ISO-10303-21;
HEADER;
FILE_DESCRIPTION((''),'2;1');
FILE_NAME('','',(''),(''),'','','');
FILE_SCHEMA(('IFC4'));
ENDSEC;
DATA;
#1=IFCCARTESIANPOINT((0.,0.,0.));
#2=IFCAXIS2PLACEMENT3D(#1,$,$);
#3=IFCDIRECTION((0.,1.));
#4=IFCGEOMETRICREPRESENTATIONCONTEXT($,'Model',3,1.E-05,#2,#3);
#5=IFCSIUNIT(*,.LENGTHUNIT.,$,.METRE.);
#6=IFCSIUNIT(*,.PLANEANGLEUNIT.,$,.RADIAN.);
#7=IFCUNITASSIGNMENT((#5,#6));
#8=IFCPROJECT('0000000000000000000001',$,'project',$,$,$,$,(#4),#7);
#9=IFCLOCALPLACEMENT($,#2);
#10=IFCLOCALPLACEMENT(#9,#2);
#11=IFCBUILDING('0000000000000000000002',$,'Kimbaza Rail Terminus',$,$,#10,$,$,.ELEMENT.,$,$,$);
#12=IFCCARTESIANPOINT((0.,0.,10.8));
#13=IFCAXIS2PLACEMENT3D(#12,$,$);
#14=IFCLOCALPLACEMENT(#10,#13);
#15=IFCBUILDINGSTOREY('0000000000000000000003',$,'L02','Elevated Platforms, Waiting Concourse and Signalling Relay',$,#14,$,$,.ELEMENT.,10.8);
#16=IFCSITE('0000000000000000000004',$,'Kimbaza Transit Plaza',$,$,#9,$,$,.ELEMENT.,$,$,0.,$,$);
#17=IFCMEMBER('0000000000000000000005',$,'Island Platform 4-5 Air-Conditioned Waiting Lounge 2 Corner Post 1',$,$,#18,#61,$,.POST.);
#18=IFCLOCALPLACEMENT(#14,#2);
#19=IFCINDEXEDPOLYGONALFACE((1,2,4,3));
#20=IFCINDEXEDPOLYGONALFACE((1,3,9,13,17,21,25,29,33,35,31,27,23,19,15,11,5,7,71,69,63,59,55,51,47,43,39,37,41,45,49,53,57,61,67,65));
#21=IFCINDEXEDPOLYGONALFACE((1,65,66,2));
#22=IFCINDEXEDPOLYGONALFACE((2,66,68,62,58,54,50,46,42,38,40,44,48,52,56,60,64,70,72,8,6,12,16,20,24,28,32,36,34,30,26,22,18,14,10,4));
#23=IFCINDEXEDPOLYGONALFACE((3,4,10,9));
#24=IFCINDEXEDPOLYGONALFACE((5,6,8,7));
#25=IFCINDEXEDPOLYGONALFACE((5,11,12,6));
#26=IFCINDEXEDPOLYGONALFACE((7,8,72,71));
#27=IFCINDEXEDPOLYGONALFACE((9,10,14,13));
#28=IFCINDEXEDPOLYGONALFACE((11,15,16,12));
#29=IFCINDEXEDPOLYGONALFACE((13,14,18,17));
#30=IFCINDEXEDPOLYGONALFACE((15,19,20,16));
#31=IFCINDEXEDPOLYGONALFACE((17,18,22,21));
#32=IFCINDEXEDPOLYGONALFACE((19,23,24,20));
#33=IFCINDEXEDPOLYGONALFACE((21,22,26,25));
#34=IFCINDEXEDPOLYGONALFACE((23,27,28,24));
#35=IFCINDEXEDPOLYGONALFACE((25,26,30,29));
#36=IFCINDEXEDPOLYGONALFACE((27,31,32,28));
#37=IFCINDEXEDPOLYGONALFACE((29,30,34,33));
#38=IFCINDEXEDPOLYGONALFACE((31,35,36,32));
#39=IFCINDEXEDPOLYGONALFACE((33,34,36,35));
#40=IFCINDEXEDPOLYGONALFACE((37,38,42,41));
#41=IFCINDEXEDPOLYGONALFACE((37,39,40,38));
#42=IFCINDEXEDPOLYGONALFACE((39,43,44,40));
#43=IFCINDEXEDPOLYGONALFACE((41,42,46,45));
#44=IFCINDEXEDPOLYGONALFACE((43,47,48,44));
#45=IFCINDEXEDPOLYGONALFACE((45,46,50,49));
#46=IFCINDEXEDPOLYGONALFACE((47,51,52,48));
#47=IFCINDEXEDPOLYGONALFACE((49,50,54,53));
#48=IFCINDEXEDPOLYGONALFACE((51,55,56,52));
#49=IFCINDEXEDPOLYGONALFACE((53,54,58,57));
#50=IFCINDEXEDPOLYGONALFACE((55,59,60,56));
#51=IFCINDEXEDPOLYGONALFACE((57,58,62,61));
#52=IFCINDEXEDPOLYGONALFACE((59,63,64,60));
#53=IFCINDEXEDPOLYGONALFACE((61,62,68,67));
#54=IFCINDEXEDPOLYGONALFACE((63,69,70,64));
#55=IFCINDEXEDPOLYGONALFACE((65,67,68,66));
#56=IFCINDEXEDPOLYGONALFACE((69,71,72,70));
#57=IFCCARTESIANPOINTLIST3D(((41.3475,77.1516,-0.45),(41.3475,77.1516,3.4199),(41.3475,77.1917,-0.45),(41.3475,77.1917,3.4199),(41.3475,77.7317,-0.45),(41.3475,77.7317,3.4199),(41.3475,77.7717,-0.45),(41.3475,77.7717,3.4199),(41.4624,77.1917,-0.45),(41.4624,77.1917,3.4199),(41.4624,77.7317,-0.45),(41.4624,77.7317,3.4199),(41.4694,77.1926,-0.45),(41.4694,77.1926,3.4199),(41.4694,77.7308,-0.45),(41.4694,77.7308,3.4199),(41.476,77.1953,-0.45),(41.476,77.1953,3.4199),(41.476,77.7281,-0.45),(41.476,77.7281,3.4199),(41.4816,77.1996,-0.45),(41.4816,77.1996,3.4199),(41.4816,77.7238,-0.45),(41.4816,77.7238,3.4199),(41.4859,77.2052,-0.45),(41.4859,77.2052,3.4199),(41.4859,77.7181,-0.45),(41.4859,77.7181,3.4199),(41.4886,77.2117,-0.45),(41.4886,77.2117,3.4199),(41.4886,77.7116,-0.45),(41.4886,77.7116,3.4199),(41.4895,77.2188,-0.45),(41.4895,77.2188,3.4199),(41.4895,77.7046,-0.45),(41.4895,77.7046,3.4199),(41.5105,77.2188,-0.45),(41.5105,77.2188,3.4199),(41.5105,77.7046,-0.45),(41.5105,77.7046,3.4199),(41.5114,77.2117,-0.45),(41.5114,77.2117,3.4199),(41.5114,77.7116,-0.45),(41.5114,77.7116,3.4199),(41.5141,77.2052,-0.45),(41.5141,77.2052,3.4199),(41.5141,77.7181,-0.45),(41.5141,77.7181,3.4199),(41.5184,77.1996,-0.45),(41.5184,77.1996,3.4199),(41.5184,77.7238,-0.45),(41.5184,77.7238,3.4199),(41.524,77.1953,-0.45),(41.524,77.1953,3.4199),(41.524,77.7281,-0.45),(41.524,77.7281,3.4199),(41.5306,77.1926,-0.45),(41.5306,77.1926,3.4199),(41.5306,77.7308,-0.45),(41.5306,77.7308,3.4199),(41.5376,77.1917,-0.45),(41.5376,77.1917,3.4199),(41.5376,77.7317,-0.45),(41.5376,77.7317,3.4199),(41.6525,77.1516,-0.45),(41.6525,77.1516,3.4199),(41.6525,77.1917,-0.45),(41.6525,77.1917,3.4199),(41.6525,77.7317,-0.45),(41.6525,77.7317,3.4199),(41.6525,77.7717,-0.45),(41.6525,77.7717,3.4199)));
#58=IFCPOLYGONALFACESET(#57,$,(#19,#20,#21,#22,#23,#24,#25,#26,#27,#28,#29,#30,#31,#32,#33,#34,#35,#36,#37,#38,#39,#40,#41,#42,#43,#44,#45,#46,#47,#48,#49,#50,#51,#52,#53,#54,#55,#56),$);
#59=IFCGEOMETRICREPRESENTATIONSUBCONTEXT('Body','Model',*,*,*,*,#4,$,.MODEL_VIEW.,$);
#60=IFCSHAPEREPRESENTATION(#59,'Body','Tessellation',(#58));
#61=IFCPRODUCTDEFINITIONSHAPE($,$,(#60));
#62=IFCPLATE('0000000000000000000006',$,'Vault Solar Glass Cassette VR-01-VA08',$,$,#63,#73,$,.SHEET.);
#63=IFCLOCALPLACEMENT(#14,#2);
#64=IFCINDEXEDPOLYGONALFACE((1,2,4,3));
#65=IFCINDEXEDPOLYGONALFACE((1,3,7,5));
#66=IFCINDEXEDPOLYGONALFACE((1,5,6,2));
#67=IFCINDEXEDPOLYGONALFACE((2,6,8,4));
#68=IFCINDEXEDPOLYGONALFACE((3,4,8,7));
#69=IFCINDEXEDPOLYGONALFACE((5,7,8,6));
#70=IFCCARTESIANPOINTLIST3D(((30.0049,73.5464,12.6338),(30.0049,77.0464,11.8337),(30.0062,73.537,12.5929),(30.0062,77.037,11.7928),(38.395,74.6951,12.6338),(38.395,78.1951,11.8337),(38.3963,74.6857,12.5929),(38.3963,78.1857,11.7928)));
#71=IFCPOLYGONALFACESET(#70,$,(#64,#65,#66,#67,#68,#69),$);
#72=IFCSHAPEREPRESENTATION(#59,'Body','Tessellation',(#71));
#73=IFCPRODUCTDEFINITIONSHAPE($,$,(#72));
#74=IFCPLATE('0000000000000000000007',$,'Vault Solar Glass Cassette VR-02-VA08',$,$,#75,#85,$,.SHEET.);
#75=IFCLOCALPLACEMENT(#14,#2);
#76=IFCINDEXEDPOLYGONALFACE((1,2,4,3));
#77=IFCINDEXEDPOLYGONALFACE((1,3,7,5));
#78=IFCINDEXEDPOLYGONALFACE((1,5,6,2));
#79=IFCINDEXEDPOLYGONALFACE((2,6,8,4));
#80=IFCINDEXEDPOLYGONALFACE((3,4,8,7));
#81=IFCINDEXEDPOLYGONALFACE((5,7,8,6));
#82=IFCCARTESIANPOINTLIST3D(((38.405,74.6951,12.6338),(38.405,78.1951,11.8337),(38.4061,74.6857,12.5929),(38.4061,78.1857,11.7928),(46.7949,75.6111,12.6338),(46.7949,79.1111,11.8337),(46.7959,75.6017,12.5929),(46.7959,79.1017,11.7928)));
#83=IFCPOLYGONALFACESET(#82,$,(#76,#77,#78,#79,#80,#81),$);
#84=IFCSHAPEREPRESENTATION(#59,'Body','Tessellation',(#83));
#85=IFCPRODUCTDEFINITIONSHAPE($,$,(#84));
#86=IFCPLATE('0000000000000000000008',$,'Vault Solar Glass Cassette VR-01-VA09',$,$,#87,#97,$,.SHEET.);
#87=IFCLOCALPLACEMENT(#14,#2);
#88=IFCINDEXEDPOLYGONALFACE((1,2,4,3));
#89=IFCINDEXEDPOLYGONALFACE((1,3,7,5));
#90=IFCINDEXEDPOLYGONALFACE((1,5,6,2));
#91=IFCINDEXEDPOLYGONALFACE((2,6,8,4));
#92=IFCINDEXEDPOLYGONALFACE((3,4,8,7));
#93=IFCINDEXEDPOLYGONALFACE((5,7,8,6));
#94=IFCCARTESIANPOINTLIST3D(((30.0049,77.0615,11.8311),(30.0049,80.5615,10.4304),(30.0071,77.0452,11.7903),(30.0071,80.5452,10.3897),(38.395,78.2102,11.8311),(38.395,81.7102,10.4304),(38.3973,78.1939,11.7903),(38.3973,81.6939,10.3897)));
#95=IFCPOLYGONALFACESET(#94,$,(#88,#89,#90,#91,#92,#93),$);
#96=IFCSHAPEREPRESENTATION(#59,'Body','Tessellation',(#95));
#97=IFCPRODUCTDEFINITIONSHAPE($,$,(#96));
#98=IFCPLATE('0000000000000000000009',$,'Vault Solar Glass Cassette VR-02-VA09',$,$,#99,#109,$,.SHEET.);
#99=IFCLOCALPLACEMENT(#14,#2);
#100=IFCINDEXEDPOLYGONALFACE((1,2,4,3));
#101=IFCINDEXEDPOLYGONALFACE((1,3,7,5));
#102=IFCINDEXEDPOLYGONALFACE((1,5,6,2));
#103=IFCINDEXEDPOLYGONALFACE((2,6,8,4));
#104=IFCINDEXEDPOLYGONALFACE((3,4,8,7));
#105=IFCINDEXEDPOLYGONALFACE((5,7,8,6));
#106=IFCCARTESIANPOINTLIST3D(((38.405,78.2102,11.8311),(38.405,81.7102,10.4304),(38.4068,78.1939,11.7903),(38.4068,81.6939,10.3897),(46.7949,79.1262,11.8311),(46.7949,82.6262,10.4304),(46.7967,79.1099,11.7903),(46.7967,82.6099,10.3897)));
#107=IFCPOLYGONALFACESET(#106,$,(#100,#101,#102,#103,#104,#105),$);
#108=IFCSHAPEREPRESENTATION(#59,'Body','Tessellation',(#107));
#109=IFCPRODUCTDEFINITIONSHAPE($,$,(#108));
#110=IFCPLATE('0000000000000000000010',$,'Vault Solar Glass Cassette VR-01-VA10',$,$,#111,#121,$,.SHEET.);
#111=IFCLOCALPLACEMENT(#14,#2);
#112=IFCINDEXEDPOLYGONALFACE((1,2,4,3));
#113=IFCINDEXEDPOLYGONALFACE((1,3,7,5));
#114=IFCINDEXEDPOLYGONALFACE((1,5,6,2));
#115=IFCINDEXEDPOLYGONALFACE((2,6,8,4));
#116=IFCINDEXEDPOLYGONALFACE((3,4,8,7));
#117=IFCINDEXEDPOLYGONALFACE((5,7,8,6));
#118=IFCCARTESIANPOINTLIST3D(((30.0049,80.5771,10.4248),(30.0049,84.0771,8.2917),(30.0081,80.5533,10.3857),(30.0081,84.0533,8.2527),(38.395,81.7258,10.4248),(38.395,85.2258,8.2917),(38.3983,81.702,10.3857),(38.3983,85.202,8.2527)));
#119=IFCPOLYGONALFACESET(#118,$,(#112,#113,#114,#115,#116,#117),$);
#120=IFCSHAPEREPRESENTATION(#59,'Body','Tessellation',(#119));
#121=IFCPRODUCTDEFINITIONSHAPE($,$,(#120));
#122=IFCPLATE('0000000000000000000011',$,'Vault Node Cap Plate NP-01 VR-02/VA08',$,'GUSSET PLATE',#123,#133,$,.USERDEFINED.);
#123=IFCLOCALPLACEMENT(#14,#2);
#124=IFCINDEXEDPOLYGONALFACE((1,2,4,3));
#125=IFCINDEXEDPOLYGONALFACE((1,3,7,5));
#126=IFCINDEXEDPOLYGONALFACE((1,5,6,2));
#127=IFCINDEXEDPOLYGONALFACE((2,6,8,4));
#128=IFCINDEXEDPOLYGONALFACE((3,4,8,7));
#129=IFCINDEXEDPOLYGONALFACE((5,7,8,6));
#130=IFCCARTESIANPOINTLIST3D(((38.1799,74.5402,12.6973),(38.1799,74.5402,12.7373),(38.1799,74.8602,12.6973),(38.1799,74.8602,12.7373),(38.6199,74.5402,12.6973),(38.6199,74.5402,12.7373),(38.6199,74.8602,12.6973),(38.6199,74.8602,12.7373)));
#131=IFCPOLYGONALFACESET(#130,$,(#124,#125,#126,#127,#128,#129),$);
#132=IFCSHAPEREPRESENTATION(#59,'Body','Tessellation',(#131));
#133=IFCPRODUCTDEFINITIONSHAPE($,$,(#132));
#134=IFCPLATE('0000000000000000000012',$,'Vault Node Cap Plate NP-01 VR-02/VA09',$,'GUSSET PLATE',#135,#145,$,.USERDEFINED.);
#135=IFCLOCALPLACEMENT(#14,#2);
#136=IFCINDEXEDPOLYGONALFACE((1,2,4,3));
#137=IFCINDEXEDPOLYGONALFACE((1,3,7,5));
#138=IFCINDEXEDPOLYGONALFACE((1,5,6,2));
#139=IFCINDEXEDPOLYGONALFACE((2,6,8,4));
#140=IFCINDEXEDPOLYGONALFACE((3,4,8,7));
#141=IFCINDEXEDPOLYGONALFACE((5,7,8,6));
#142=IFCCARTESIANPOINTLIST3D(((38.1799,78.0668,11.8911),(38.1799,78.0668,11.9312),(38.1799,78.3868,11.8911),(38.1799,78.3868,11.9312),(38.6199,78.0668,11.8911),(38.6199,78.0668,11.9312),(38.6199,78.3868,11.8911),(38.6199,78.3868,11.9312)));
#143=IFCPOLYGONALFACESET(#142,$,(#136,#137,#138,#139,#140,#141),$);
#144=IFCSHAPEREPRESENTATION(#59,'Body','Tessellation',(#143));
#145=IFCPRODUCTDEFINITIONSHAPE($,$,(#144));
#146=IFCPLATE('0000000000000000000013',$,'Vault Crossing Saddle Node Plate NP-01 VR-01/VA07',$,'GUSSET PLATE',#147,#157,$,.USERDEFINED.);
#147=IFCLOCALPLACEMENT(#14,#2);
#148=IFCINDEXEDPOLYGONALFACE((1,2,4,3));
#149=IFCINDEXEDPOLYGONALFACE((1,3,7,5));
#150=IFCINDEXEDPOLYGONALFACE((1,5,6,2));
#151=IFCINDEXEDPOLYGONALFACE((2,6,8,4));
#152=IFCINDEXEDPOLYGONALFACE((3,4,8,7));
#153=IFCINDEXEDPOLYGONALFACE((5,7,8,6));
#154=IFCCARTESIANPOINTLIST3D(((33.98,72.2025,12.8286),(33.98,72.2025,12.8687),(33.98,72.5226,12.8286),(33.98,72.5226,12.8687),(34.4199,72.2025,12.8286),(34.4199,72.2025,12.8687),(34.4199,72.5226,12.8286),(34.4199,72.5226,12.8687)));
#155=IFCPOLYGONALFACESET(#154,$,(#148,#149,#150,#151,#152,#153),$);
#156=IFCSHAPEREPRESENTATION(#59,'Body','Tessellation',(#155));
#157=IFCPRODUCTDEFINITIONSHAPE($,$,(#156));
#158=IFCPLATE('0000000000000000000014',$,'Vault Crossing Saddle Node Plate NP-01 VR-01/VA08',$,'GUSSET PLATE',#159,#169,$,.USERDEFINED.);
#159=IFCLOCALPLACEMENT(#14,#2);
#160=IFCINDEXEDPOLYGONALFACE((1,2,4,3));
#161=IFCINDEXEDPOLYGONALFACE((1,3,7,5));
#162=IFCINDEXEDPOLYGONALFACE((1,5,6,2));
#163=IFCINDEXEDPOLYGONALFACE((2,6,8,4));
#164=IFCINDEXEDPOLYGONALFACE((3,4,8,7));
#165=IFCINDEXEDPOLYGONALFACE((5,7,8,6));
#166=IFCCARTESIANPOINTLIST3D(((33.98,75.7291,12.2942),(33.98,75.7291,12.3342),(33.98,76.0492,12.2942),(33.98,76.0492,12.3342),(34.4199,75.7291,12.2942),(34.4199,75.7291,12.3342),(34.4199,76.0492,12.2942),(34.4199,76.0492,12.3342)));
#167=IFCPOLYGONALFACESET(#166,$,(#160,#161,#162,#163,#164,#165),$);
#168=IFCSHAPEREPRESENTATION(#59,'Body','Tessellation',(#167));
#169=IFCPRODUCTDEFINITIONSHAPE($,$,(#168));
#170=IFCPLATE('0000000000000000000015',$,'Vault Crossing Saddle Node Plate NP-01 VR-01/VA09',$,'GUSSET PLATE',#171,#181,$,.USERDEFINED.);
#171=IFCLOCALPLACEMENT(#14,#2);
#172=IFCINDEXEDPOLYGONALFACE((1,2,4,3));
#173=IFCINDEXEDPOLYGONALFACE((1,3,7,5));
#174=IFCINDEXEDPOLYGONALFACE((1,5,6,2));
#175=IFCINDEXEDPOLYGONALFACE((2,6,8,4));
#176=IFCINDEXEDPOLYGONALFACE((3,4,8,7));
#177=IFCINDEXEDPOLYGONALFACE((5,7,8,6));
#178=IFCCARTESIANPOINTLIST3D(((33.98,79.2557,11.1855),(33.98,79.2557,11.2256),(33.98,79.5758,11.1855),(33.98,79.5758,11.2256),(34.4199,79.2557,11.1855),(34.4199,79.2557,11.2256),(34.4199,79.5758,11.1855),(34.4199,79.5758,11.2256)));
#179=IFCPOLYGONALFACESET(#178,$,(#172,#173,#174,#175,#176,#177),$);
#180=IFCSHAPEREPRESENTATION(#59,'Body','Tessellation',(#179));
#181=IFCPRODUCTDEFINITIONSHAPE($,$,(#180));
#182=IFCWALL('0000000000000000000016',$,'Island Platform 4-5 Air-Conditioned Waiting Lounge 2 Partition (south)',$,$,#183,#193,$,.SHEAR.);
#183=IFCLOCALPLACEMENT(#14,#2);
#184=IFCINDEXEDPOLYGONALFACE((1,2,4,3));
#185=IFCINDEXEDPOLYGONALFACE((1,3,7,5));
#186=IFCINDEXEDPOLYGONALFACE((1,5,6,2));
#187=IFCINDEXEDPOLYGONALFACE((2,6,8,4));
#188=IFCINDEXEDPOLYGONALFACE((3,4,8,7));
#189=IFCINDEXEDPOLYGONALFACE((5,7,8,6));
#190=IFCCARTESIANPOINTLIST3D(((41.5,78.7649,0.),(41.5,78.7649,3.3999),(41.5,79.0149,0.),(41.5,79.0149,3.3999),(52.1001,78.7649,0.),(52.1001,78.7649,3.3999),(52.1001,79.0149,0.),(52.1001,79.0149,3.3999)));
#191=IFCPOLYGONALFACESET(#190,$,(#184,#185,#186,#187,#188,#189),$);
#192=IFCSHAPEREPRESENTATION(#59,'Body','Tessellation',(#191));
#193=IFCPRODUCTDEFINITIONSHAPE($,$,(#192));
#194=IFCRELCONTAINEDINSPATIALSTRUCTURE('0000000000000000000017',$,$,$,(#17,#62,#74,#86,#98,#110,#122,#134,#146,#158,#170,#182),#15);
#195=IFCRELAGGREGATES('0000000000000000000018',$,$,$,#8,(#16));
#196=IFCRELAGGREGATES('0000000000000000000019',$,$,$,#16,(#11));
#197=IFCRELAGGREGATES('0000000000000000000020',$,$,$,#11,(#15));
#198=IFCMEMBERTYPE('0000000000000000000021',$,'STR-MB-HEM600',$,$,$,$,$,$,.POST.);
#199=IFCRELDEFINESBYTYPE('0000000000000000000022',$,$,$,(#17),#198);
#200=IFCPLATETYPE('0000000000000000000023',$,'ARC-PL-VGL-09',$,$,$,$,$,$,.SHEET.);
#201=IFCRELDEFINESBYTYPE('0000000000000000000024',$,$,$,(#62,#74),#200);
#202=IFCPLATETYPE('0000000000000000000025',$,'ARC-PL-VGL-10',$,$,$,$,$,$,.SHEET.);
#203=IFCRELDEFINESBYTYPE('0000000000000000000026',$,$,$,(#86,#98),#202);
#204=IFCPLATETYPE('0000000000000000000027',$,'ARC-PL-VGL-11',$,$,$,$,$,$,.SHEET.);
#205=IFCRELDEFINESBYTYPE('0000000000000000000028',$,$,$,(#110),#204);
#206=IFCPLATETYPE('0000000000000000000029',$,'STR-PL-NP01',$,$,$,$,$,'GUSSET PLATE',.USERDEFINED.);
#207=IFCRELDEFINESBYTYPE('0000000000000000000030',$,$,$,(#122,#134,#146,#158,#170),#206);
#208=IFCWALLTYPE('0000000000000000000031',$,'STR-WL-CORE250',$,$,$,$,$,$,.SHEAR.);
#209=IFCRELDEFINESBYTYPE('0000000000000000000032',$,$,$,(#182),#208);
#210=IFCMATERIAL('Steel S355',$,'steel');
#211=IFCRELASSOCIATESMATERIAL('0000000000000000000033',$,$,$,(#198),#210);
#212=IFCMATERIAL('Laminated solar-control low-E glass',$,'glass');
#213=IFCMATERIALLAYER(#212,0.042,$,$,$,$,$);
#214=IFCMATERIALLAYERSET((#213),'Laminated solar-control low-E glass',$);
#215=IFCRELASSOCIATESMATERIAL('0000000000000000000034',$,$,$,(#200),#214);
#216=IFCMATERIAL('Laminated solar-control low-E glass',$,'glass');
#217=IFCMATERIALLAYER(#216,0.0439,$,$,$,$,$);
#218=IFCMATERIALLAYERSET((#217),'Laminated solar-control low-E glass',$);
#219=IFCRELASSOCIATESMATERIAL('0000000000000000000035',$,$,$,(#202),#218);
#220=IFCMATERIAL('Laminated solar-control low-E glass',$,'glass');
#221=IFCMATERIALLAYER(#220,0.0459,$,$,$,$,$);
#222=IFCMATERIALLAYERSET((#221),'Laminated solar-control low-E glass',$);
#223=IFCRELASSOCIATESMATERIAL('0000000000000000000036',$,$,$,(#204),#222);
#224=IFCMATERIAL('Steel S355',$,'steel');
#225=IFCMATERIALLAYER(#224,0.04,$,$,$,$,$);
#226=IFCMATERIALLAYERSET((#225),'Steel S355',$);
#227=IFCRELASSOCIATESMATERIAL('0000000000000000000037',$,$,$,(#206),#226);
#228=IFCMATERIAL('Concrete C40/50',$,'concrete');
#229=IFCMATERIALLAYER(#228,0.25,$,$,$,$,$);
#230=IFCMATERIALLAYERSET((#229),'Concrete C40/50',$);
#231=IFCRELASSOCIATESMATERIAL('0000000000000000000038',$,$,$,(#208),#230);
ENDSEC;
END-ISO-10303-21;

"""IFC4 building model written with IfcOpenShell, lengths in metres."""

from ifc_helpers import new_model, si_unit, direction, frame, frame_2d, origin, origin_2d, place, context, subcontext, project, spatial, polyline, rectangle, i_section, outline, extrude, material, layer, layer_set, material_profile, profile_set, type_object, element, save


model = new_model("IFC4")

# Units and contexts
model_context = context("Model", 3, precision=1e-05, world=origin(), true_north=direction((0.0, 1.0)))
body_context = subcontext(model_context, "Body", "Model", "MODEL_VIEW")
ifc_project = project(units=[si_unit("LENGTHUNIT", "METRE"), si_unit("PLANEANGLEUNIT", "RADIAN")], contexts=[model_context])

# Site, building, storey
site_placement = place(None, origin())
site = spatial("IfcSite", under=ifc_project, at=site_placement, Name="Kimbaza Transit Plaza", CompositionType="ELEMENT", RefElevation=0.0)
building_placement = place(site_placement, origin())
building = spatial("IfcBuilding", under=site, at=building_placement, Name="Kimbaza Rail Terminus", CompositionType="ELEMENT")
storey_placement = place(building_placement, frame((0.0, 0.0, 10.8)))
storey = spatial("IfcBuildingStorey", under=building, at=storey_placement, Name="L02", Description="Elevated Platforms, Waiting Concourse and Signalling Relay", CompositionType="ELEMENT", Elevation=10.8)

# Member
ifc_material_1 = material(Name="Steel S355", Category="steel")
ifc_material_profile_1 = material_profile(ifc_material_1, i_section(OverallWidth=0.3049, OverallDepth=0.6201, WebThickness=0.021, FlangeThickness=0.04, FilletRadius=0.0271, at=origin_2d()), Name="HEM 600")
ifc_profile_set_1 = profile_set([ifc_material_profile_1], Name="Steel S355")
member_type_1 = type_object("IfcMemberType", Name="STR-MB-HEM600", PredefinedType="POST", material=ifc_profile_set_1)
member_1_placement = place(storey_placement, frame((41.5, 77.4617, -0.45), z_axis=(0.0, 0.0, 1.0), x_axis=(1.0, 0.0, 0.0)))
element("IfcMember", 1, at=member_1_placement, inside=storey, type_object=member_type_1, Name="Island Platform 4-5 Air-Conditioned Waiting Lounge 2 Corner Post 1", PredefinedType="POST", context=body_context, shape_type="SweptSolid", body=[
    extrude(i_section(OverallWidth=0.3049, OverallDepth=0.6201, WebThickness=0.021, FlangeThickness=0.04, FilletRadius=0.0271, at=origin_2d()), origin(), (0.0, 0.0, 1.0), 3.8699),
])

# Plates
ifc_material_2 = material(Name="Laminated solar-control low-E glass", Category="glass")
ifc_layer_1 = layer(ifc_material_2, 0.042)
ifc_layer_set_1 = layer_set([ifc_layer_1], Name="Laminated solar-control low-E glass")
plate_type_1 = type_object("IfcPlateType", Name="ARC-PL-VGL-09", PredefinedType="SHEET", material=ifc_layer_set_1)
plate_1_placement = place(storey_placement, frame((30.0049, 73.5464, 12.6338), z_axis=(-0.030494, 0.222734, 0.974402), x_axis=(0.990758, 0.135643, 0.0)))
element("IfcPlate", 2, at=plate_1_placement, inside=storey, type_object=plate_type_1, Name="Vault Solar Glass Cassette VR-01-VA08", PredefinedType="SHEET", context=body_context, shape_type="SweptSolid", body=[
    extrude(outline(polyline([(0.0, 0.0), (8.4684, 0.0), (8.9432, 3.5587), (0.4748, 3.5587), (0.0, 0.0)])), origin(), (0.0, 0.0, -1.0), 0.042),
])
plate_2_placement = place(storey_placement, frame((38.405, 74.6951, 12.6338), z_axis=(-0.024322, 0.222772, 0.974567), x_axis=(0.994093, 0.108536, 0.0)))
element("IfcPlate", 3, at=plate_2_placement, inside=storey, type_object=plate_type_1, Name="Vault Solar Glass Cassette VR-02-VA08", PredefinedType="SHEET", context=body_context, shape_type="SweptSolid", body=[
    extrude(outline(polyline([(0.0, 0.0), (8.4398, 0.0), (8.8196, 3.5701), (0.3799, 3.5701), (0.0, 0.0)])), origin(), (0.0, 0.0, -1.0), 0.042),
])
ifc_material_3 = material(Name="Laminated solar-control low-E glass", Category="glass")
ifc_layer_2 = layer(ifc_material_3, 0.0439)
ifc_layer_set_2 = layer_set([ifc_layer_2], Name="Laminated solar-control low-E glass")
plate_type_2 = type_object("IfcPlateType", Name="ARC-PL-VGL-10", PredefinedType="SHEET", material=ifc_layer_set_2)
plate_3_placement = place(storey_placement, frame((30.0049, 77.0615, 11.8311), z_axis=(-0.050801, 0.371056, 0.92722), x_axis=(0.990758, 0.135643, 0.0)))
element("IfcPlate", 4, at=plate_3_placement, inside=storey, type_object=plate_type_2, Name="Vault Solar Glass Cassette VR-01-VA09", PredefinedType="SHEET", context=body_context, shape_type="SweptSolid", body=[
    extrude(outline(polyline([(0.0, 0.0), (8.4684, 0.0), (8.9432, 3.7398), (0.4748, 3.7398), (0.0, 0.0)])), origin(), (0.0, 0.0, -1.0), 0.0439),
])
plate_4_placement = place(storey_placement, frame((38.405, 78.2102, 11.8311), z_axis=(-0.040531, 0.371231, 0.927656), x_axis=(0.994093, 0.108536, 0.0)))
element("IfcPlate", 5, at=plate_4_placement, inside=storey, type_object=plate_type_2, Name="Vault Solar Glass Cassette VR-02-VA09", PredefinedType="SHEET", context=body_context, shape_type="SweptSolid", body=[
    extrude(outline(polyline([(0.0, 0.0), (8.4398, 0.0), (8.8196, 3.7507), (0.3799, 3.7507), (0.0, 0.0)])), origin(), (0.0, 0.0, -1.0), 0.0439),
])
ifc_material_4 = material(Name="Laminated solar-control low-E glass", Category="glass")
ifc_layer_3 = layer(ifc_material_4, 0.0459)
ifc_layer_set_3 = layer_set([ifc_layer_3], Name="Laminated solar-control low-E glass")
plate_type_3 = type_object("IfcPlateType", Name="ARC-PL-VGL-11", PredefinedType="SHEET", material=ifc_layer_set_3)
plate_5_placement = place(storey_placement, frame((30.0049, 80.5771, 10.4248), z_axis=(-0.071069, 0.519098, 0.851755), x_axis=(0.990758, 0.135643, 0.0)))
element("IfcPlate", 6, at=plate_5_placement, inside=storey, type_object=plate_type_3, Name="Vault Solar Glass Cassette VR-01-VA10", PredefinedType="SHEET", context=body_context, shape_type="SweptSolid", body=[
    extrude(outline(polyline([(0.0, 0.0), (8.4684, 0.0), (8.9432, 4.0712), (0.4748, 4.0712), (0.0, 0.0)])), origin(), (0.0, 0.0, -1.0), 0.0459),
])
ifc_material_5 = material(Name="Steel S355", Category="steel")
ifc_layer_4 = layer(ifc_material_5, 0.04)
ifc_layer_set_4 = layer_set([ifc_layer_4], Name="Steel S355")
plate_type_4 = type_object("IfcPlateType", Name="STR-PL-NP01", ElementType="GUSSET PLATE", PredefinedType="USERDEFINED", material=ifc_layer_set_4)
for number, where, z_axis, x_axis, name in (
    (7, (38.3999, 74.7002, 12.6973), (0.0, 0.0, 1.0), (1.0, 0.0, 0.0), "Vault Node Cap Plate NP-01 VR-02/VA08"),
    (8, (38.3999, 78.2268, 11.8911), (0.0, 0.0, 1.0), (1.0, 0.0, 0.0), "Vault Node Cap Plate NP-01 VR-02/VA09"),
    (9, (34.2, 72.3625, 12.8286), (0.0, 0.0, 1.0), (1.0, 0.0, 0.0), "Vault Crossing Saddle Node Plate NP-01 VR-01/VA07"),
    (10, (34.2, 75.8892, 12.2942), (0.0, 0.0, 1.0), (1.0, 0.0, 0.0), "Vault Crossing Saddle Node Plate NP-01 VR-01/VA08"),
    (11, (34.2, 79.4158, 11.1855), (0.0, 0.0, 1.0), (1.0, 0.0, 0.0), "Vault Crossing Saddle Node Plate NP-01 VR-01/VA09"),
):
    element("IfcPlate", number, at=place(storey_placement, frame(where, z_axis=z_axis, x_axis=x_axis)), inside=storey, type_object=plate_type_4, Name=name, ObjectType="GUSSET PLATE", PredefinedType="USERDEFINED", context=body_context, shape_type="SweptSolid", body=[
        extrude(rectangle(XDim=0.4399, YDim=0.3201, at=origin_2d()), origin(), (0.0, 0.0, 1.0), 0.04),
    ])

# Wall
ifc_material_6 = material(Name="Concrete C40/50", Category="concrete")
ifc_layer_5 = layer(ifc_material_6, 0.25)
ifc_layer_set_5 = layer_set([ifc_layer_5], Name="Concrete C40/50")
wall_type = type_object("IfcWallType", Name="STR-WL-CORE250", PredefinedType="SHEAR", material=ifc_layer_set_5)
wall_placement = place(storey_placement, frame((41.5, 78.8899, 0.0), z_axis=(0.0, 0.0, 1.0), x_axis=(1.0, 0.0, 0.0)))
element("IfcWall", 12, at=wall_placement, inside=storey, type_object=wall_type, Name="Island Platform 4-5 Air-Conditioned Waiting Lounge 2 Partition (south)", PredefinedType="SHEAR", context=body_context, shape_type="SweptSolid", body=[
    extrude(rectangle(XDim=10.6001, YDim=0.25, at=frame_2d((5.3, 0.0))), origin(), (0.0, 0.0, 1.0), 3.3999),
])

save(model, "model.ifc")
